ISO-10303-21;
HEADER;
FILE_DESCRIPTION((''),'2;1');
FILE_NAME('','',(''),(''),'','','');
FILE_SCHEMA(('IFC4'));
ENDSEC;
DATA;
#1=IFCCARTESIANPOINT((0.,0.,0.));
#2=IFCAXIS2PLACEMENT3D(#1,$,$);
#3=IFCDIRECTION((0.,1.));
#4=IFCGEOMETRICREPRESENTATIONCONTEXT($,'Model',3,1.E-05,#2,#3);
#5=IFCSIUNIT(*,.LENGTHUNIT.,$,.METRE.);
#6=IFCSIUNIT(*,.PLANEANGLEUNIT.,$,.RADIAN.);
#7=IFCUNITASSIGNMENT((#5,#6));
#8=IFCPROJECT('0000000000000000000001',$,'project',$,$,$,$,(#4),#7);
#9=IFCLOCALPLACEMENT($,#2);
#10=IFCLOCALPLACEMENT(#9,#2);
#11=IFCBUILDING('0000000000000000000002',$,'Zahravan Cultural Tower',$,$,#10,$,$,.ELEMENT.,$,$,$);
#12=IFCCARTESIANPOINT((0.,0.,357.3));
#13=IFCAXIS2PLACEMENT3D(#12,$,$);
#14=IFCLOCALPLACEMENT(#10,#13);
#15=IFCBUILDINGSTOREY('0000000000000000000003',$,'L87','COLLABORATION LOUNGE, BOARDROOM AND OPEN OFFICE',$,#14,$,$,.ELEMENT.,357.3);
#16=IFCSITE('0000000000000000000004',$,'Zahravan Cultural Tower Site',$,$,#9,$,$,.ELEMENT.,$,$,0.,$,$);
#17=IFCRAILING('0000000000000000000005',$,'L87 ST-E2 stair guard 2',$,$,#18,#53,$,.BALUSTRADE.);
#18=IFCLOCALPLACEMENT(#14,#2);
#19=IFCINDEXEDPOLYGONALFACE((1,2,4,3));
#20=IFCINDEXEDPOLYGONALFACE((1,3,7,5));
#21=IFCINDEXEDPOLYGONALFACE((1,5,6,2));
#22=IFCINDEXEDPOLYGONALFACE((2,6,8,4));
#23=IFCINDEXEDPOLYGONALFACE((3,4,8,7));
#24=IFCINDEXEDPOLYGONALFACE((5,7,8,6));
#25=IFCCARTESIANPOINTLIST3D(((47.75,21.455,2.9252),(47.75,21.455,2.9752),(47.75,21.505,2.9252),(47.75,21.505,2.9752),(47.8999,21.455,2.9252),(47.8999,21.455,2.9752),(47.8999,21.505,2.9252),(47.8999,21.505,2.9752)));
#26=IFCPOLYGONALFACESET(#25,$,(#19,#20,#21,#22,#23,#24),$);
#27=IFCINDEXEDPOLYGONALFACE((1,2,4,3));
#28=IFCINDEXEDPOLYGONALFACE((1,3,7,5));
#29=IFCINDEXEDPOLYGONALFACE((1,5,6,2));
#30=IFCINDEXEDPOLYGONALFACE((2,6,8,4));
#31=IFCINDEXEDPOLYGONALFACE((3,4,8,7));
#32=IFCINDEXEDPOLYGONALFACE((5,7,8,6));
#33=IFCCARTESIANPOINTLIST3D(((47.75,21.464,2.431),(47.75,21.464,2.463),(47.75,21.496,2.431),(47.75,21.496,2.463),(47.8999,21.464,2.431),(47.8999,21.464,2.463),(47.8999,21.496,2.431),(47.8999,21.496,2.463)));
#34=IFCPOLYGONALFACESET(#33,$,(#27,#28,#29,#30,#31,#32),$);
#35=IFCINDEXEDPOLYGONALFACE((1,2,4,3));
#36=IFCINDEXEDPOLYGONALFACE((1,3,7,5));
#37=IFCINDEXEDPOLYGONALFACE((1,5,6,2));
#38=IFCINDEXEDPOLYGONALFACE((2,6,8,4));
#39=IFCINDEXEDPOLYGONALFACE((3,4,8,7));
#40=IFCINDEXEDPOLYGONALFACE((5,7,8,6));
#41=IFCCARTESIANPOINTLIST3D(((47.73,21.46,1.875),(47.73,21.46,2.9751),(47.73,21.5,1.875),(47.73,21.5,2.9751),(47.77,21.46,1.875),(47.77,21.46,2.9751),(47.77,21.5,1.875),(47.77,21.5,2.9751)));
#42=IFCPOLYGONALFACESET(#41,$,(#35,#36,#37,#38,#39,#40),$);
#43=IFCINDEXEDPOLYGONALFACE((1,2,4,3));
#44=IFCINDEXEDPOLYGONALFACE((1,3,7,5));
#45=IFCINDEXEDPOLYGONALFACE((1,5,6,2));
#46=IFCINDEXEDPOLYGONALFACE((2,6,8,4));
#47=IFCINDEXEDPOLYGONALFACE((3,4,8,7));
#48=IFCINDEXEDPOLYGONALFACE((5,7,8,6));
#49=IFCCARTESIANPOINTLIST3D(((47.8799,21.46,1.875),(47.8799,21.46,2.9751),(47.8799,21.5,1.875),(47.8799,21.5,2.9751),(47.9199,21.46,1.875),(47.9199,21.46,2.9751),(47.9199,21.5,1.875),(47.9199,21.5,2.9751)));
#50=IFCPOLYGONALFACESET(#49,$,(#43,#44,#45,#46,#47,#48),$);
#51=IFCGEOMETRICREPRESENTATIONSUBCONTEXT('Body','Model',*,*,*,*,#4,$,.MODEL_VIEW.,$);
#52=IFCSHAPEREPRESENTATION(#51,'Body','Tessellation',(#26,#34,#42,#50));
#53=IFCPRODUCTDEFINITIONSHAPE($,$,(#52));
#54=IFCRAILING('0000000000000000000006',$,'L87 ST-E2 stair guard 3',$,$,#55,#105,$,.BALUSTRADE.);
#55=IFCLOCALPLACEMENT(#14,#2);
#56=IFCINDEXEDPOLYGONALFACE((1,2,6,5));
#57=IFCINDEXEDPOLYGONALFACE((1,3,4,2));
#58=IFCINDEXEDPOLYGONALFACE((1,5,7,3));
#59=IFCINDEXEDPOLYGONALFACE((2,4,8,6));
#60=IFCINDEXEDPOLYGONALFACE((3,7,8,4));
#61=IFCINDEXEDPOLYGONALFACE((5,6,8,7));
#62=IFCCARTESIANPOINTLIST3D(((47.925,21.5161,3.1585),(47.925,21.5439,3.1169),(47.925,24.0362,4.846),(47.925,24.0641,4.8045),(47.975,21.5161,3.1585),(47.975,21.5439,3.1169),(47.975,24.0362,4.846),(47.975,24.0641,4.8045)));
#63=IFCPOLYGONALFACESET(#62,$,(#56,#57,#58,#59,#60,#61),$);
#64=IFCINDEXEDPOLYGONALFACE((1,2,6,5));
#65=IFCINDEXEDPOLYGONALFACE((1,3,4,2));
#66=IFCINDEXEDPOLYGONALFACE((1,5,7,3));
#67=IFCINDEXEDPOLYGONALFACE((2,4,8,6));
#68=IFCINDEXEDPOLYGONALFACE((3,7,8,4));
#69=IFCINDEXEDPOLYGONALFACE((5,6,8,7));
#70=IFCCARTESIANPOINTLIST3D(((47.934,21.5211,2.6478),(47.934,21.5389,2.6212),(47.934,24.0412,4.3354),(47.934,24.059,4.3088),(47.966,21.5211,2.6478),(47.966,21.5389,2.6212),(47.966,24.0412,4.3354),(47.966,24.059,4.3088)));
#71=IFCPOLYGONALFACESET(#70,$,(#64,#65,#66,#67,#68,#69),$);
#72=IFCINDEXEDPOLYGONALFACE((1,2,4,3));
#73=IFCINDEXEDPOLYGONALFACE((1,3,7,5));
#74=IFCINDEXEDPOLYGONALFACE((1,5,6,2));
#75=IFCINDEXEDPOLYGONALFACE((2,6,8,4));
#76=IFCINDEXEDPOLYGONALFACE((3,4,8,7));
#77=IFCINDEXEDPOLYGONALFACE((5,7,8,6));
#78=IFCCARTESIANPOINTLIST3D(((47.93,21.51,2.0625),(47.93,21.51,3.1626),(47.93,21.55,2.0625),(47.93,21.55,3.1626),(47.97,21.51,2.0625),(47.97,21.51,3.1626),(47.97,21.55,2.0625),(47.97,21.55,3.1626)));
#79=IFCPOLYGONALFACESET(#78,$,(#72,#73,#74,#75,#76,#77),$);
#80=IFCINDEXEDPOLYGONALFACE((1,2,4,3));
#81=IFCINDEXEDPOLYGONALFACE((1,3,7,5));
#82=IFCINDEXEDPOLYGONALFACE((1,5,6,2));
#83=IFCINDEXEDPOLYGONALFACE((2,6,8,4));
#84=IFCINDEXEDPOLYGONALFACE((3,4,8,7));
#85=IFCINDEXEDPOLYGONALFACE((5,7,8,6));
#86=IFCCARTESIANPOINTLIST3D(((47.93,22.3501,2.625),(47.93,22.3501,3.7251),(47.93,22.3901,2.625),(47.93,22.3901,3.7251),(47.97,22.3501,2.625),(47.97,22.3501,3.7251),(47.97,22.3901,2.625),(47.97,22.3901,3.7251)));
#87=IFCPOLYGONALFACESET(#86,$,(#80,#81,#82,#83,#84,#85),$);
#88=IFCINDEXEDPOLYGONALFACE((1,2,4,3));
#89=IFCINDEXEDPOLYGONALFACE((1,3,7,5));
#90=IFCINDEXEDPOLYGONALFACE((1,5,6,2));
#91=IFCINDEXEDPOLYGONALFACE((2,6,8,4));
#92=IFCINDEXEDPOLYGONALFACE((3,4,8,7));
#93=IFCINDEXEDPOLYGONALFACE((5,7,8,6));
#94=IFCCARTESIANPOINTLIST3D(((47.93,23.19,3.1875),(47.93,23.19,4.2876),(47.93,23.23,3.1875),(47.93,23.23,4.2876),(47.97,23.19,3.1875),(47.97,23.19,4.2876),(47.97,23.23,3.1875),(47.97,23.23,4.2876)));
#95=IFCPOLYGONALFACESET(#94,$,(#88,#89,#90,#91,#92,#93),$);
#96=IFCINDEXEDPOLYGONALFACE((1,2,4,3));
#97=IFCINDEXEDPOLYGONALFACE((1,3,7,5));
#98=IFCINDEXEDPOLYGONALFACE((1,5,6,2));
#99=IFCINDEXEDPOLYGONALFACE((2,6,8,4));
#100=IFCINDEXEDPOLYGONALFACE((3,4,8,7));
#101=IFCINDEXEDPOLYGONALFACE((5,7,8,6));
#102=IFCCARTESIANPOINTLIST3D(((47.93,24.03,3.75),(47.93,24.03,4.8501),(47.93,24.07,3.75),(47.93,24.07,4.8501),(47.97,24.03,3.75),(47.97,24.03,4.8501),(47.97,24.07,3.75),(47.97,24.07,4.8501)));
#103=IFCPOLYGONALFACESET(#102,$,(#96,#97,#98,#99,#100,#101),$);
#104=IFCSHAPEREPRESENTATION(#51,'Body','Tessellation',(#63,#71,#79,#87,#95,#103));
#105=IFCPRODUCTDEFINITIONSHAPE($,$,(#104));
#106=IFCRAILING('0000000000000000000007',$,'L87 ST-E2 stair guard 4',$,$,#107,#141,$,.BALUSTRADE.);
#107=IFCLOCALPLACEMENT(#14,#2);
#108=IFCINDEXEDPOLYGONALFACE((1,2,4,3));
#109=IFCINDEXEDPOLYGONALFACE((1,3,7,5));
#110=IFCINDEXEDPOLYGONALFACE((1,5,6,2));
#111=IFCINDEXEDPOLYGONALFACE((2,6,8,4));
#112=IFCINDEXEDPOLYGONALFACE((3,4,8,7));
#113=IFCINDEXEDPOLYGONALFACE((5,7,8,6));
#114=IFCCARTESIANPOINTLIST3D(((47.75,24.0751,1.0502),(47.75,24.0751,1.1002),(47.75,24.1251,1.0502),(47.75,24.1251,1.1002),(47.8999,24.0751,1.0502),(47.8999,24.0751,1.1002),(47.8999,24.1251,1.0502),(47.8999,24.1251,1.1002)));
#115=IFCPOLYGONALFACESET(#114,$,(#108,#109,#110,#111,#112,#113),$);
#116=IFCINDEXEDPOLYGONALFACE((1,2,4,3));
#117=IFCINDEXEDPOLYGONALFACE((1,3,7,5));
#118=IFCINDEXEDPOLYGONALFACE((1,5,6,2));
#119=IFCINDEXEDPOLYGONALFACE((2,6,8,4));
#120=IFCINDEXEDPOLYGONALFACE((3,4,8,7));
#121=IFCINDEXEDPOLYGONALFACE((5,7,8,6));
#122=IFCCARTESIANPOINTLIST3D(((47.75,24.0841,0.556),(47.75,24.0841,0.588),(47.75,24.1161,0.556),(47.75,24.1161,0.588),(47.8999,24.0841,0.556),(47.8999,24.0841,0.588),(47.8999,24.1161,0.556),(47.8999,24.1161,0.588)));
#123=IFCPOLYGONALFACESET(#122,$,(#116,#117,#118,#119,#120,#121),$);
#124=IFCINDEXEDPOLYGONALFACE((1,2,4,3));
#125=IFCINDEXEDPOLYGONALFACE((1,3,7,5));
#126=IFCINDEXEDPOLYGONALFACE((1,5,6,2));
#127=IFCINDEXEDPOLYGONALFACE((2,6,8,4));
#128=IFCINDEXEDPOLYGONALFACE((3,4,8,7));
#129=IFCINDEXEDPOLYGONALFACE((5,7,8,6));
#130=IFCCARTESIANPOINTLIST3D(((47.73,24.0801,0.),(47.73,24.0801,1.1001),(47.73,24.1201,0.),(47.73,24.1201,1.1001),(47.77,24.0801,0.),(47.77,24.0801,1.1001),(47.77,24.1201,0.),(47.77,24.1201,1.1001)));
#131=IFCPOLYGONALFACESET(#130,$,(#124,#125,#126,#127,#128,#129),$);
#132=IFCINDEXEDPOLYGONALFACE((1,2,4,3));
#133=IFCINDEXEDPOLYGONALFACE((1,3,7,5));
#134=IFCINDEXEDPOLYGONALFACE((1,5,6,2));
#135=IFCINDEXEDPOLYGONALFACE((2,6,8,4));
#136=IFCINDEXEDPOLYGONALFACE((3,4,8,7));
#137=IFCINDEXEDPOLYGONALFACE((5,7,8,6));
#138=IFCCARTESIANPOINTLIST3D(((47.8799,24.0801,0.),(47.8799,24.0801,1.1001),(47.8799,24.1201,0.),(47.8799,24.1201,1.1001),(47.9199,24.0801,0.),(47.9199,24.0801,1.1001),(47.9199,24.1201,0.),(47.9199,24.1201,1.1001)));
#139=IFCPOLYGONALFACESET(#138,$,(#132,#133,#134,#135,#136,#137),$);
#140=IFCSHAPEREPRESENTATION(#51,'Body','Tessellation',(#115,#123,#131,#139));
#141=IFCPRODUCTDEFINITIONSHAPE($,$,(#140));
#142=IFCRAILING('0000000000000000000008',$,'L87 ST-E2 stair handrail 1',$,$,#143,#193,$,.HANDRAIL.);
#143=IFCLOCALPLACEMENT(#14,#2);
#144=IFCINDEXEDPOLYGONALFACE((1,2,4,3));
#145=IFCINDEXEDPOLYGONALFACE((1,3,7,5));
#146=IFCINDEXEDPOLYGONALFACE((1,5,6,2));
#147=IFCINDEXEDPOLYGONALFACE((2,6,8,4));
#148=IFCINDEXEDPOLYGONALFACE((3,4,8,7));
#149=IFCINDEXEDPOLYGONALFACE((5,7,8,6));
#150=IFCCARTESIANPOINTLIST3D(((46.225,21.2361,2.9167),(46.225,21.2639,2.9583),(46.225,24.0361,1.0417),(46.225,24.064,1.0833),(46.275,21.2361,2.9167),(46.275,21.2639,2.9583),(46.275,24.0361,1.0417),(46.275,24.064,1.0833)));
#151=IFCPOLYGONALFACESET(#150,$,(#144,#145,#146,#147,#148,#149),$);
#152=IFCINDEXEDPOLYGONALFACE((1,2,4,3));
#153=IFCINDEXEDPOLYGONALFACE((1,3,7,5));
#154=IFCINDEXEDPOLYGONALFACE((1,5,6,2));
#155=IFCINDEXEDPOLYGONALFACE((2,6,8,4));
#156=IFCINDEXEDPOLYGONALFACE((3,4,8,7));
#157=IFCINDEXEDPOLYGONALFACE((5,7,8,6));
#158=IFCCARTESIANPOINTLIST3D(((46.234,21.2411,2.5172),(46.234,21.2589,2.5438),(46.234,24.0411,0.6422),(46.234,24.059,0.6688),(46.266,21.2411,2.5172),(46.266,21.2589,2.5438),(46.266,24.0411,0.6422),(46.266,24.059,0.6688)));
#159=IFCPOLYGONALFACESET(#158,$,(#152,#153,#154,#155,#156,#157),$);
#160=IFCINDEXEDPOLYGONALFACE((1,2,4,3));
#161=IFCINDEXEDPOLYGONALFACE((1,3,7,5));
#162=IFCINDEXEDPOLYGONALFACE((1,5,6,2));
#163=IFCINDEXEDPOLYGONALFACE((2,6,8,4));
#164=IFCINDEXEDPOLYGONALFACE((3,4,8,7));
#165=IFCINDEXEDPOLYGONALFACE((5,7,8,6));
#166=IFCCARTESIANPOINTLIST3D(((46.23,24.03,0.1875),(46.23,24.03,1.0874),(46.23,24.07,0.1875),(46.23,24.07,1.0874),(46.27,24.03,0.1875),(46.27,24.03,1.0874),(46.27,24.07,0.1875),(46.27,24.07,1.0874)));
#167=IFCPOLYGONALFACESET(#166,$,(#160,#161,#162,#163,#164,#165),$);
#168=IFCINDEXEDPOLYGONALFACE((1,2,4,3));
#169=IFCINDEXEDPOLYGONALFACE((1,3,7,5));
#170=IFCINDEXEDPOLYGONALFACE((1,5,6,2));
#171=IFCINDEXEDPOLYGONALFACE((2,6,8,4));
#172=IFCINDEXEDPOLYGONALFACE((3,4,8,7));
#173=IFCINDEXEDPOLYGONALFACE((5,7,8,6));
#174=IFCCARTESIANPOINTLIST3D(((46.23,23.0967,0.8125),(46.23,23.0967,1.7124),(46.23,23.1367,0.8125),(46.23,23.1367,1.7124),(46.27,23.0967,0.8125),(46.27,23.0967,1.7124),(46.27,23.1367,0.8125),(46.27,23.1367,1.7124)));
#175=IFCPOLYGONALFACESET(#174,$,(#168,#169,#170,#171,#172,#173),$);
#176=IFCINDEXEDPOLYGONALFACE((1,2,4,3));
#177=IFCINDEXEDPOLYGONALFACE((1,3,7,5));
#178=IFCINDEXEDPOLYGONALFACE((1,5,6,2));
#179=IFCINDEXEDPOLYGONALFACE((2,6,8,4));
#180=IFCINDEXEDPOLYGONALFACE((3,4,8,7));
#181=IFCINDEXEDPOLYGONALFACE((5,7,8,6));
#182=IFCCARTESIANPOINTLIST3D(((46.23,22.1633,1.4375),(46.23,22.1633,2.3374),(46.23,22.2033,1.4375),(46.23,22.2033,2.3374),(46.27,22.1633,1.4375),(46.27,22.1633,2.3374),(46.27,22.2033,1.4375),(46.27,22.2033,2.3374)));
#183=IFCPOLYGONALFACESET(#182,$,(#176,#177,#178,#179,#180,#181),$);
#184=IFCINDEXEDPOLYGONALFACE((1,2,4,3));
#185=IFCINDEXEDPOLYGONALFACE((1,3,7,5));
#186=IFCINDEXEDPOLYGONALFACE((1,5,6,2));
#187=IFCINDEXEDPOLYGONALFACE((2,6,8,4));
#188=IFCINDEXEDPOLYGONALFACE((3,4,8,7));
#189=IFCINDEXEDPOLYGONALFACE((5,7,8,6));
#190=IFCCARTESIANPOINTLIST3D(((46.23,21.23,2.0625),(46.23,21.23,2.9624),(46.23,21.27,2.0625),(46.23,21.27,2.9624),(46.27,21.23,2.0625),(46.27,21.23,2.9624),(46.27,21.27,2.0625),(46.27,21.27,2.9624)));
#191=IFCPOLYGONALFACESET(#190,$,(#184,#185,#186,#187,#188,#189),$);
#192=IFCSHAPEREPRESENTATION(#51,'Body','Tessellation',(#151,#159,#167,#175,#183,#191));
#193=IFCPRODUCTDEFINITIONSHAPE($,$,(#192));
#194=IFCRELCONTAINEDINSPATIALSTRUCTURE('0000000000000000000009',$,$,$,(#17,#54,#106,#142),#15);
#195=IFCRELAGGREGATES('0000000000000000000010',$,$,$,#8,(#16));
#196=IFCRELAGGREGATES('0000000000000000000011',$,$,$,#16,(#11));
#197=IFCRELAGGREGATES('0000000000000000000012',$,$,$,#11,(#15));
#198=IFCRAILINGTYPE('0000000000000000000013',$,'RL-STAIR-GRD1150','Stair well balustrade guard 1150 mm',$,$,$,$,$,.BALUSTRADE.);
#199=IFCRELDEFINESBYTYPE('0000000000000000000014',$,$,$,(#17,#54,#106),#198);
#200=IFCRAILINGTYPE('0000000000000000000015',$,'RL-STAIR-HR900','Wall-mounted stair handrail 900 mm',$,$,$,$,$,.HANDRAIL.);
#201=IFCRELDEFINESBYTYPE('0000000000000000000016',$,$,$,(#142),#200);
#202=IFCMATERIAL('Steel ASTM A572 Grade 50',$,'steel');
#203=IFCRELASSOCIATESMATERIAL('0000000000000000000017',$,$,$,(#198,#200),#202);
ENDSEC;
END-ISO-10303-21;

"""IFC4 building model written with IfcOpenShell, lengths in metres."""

from ifc_helpers import new_model, si_unit, direction, frame, origin, origin_2d, place, context, subcontext, project, spatial, rectangle, extrude, material, type_object, element, save


model = new_model("IFC4")

# Units and contexts
model_context = context("Model", 3, precision=1e-05, world=origin(), true_north=direction((0.0, 1.0)))
body_context = subcontext(model_context, "Body", "Model", "MODEL_VIEW")
ifc_project = project(units=[si_unit("LENGTHUNIT", "METRE"), si_unit("PLANEANGLEUNIT", "RADIAN")], contexts=[model_context])

# Site, building, storey
site_placement = place(None, origin())
site = spatial("IfcSite", under=ifc_project, at=site_placement, Name="Zahravan Cultural Tower Site", CompositionType="ELEMENT", RefElevation=0.0)
building_placement = place(site_placement, origin())
building = spatial("IfcBuilding", under=site, at=building_placement, Name="Zahravan Cultural Tower", CompositionType="ELEMENT")
storey_placement = place(building_placement, frame((0.0, 0.0, 357.3)))
storey = spatial("IfcBuildingStorey", under=building, at=storey_placement, Name="L87", Description="COLLABORATION LOUNGE, BOARDROOM AND OPEN OFFICE", CompositionType="ELEMENT", Elevation=357.3)

# Shared definitions
ifc_material_1 = material(Name="Steel ASTM A572 Grade 50", Category="steel")

# Railings
railing_type_1 = type_object("IfcRailingType", Name="RL-STAIR-GRD1150", Description="Stair well balustrade guard 1150 mm", PredefinedType="BALUSTRADE", material=ifc_material_1)
railing_1_placement = place(storey_placement, frame((47.75, 21.48, 1.875)))
element("IfcRailing", 1, at=railing_1_placement, inside=storey, type_object=railing_type_1, Name="L87 ST-E2 stair guard 2", PredefinedType="BALUSTRADE", context=body_context, shape_type="SweptSolid", body=[
    extrude(rectangle(XDim=0.05, YDim=0.05, at=origin_2d()), frame((0.0, 0.0, 1.0752), z_axis=(1.0, 0.0, 0.0), x_axis=(0.0, 1.0, 0.0)), (0.0, 0.0, 1.0), 0.1499),
    extrude(rectangle(XDim=0.032, YDim=0.032, at=origin_2d()), frame((0.0, 0.0, 0.572), z_axis=(1.0, 0.0, 0.0), x_axis=(0.0, 1.0, 0.0)), (0.0, 0.0, 1.0), 0.1499),
    extrude(rectangle(XDim=0.04, YDim=0.04, at=origin_2d()), origin(), (0.0, 0.0, 1.0), 1.1001),
    extrude(rectangle(XDim=0.04, YDim=0.04, at=origin_2d()), frame((0.1499, 0.0, 0.0)), (0.0, 0.0, 1.0), 1.1001),
])
railing_2_placement = place(storey_placement, frame((47.95, 21.53, 2.0625)))
element("IfcRailing", 2, at=railing_2_placement, inside=storey, type_object=railing_type_1, Name="L87 ST-E2 stair guard 3", PredefinedType="BALUSTRADE", context=body_context, shape_type="SweptSolid", body=[
    extrude(rectangle(XDim=0.05, YDim=0.05, at=origin_2d()), frame((0.0, 0.0, 1.0752), z_axis=(0.0, 0.830909, 0.556408), x_axis=(-1.0, 0.0, 0.0)), (0.0, 0.0, 1.0), 3.033),
    extrude(rectangle(XDim=0.032, YDim=0.032, at=origin_2d()), frame((0.0, 0.0, 0.572), z_axis=(0.0, 0.830909, 0.556408), x_axis=(-1.0, 0.0, 0.0)), (0.0, 0.0, 1.0), 3.033),
    extrude(rectangle(XDim=0.04, YDim=0.04, at=origin_2d()), origin(), (0.0, 0.0, 1.0), 1.1001),
    extrude(rectangle(XDim=0.04, YDim=0.04, at=origin_2d()), frame((0.0, 0.8401, 0.5625)), (0.0, 0.0, 1.0), 1.1001),
    extrude(rectangle(XDim=0.04, YDim=0.04, at=origin_2d()), frame((0.0, 1.6799, 1.125)), (0.0, 0.0, 1.0), 1.1001),
    extrude(rectangle(XDim=0.04, YDim=0.04, at=origin_2d()), frame((0.0, 2.52, 1.6875)), (0.0, 0.0, 1.0), 1.1001),
])
railing_3_placement = place(storey_placement, frame((47.75, 24.1001, 0.0)))
element("IfcRailing", 3, at=railing_3_placement, inside=storey, type_object=railing_type_1, Name="L87 ST-E2 stair guard 4", PredefinedType="BALUSTRADE", context=body_context, shape_type="SweptSolid", body=[
    extrude(rectangle(XDim=0.05, YDim=0.05, at=origin_2d()), frame((0.0, 0.0, 1.0752), z_axis=(1.0, 0.0, 0.0), x_axis=(0.0, 1.0, 0.0)), (0.0, 0.0, 1.0), 0.1499),
    extrude(rectangle(XDim=0.032, YDim=0.032, at=origin_2d()), frame((0.0, 0.0, 0.572), z_axis=(1.0, 0.0, 0.0), x_axis=(0.0, 1.0, 0.0)), (0.0, 0.0, 1.0), 0.1499),
    extrude(rectangle(XDim=0.04, YDim=0.04, at=origin_2d()), origin(), (0.0, 0.0, 1.0), 1.1001),
    extrude(rectangle(XDim=0.04, YDim=0.04, at=origin_2d()), frame((0.1499, 0.0, 0.0)), (0.0, 0.0, 1.0), 1.1001),
])
railing_type_2 = type_object("IfcRailingType", Name="RL-STAIR-HR900", Description="Wall-mounted stair handrail 900 mm", PredefinedType="HANDRAIL", material=ifc_material_1)
railing_4_placement = place(storey_placement, frame((46.25, 24.05, 0.1875)))
element("IfcRailing", 4, at=railing_4_placement, inside=storey, type_object=railing_type_2, Name="L87 ST-E2 stair handrail 1", PredefinedType="HANDRAIL", context=body_context, shape_type="SweptSolid", body=[
    extrude(rectangle(XDim=0.05, YDim=0.05, at=origin_2d()), frame((0.0, 0.0, 0.875), z_axis=(0.0, -0.830912, 0.556404), x_axis=(1.0, 0.0, 0.0)), (0.0, 0.0, 1.0), 3.3699),
    extrude(rectangle(XDim=0.032, YDim=0.032, at=origin_2d()), frame((0.0, 0.0, 0.468), z_axis=(0.0, -0.830912, 0.556404), x_axis=(1.0, 0.0, 0.0)), (0.0, 0.0, 1.0), 3.3699),
    extrude(rectangle(XDim=0.04, YDim=0.04, at=origin_2d()), origin(), (0.0, 0.0, 1.0), 0.8999),
    extrude(rectangle(XDim=0.04, YDim=0.04, at=origin_2d()), frame((0.0, -0.9333, 0.625)), (0.0, 0.0, 1.0), 0.8999),
    extrude(rectangle(XDim=0.04, YDim=0.04, at=origin_2d()), frame((0.0, -1.8667, 1.25)), (0.0, 0.0, 1.0), 0.8999),
    extrude(rectangle(XDim=0.04, YDim=0.04, at=origin_2d()), frame((0.0, -2.8, 1.875)), (0.0, 0.0, 1.0), 0.8999),
])

save(model, "model.ifc")
